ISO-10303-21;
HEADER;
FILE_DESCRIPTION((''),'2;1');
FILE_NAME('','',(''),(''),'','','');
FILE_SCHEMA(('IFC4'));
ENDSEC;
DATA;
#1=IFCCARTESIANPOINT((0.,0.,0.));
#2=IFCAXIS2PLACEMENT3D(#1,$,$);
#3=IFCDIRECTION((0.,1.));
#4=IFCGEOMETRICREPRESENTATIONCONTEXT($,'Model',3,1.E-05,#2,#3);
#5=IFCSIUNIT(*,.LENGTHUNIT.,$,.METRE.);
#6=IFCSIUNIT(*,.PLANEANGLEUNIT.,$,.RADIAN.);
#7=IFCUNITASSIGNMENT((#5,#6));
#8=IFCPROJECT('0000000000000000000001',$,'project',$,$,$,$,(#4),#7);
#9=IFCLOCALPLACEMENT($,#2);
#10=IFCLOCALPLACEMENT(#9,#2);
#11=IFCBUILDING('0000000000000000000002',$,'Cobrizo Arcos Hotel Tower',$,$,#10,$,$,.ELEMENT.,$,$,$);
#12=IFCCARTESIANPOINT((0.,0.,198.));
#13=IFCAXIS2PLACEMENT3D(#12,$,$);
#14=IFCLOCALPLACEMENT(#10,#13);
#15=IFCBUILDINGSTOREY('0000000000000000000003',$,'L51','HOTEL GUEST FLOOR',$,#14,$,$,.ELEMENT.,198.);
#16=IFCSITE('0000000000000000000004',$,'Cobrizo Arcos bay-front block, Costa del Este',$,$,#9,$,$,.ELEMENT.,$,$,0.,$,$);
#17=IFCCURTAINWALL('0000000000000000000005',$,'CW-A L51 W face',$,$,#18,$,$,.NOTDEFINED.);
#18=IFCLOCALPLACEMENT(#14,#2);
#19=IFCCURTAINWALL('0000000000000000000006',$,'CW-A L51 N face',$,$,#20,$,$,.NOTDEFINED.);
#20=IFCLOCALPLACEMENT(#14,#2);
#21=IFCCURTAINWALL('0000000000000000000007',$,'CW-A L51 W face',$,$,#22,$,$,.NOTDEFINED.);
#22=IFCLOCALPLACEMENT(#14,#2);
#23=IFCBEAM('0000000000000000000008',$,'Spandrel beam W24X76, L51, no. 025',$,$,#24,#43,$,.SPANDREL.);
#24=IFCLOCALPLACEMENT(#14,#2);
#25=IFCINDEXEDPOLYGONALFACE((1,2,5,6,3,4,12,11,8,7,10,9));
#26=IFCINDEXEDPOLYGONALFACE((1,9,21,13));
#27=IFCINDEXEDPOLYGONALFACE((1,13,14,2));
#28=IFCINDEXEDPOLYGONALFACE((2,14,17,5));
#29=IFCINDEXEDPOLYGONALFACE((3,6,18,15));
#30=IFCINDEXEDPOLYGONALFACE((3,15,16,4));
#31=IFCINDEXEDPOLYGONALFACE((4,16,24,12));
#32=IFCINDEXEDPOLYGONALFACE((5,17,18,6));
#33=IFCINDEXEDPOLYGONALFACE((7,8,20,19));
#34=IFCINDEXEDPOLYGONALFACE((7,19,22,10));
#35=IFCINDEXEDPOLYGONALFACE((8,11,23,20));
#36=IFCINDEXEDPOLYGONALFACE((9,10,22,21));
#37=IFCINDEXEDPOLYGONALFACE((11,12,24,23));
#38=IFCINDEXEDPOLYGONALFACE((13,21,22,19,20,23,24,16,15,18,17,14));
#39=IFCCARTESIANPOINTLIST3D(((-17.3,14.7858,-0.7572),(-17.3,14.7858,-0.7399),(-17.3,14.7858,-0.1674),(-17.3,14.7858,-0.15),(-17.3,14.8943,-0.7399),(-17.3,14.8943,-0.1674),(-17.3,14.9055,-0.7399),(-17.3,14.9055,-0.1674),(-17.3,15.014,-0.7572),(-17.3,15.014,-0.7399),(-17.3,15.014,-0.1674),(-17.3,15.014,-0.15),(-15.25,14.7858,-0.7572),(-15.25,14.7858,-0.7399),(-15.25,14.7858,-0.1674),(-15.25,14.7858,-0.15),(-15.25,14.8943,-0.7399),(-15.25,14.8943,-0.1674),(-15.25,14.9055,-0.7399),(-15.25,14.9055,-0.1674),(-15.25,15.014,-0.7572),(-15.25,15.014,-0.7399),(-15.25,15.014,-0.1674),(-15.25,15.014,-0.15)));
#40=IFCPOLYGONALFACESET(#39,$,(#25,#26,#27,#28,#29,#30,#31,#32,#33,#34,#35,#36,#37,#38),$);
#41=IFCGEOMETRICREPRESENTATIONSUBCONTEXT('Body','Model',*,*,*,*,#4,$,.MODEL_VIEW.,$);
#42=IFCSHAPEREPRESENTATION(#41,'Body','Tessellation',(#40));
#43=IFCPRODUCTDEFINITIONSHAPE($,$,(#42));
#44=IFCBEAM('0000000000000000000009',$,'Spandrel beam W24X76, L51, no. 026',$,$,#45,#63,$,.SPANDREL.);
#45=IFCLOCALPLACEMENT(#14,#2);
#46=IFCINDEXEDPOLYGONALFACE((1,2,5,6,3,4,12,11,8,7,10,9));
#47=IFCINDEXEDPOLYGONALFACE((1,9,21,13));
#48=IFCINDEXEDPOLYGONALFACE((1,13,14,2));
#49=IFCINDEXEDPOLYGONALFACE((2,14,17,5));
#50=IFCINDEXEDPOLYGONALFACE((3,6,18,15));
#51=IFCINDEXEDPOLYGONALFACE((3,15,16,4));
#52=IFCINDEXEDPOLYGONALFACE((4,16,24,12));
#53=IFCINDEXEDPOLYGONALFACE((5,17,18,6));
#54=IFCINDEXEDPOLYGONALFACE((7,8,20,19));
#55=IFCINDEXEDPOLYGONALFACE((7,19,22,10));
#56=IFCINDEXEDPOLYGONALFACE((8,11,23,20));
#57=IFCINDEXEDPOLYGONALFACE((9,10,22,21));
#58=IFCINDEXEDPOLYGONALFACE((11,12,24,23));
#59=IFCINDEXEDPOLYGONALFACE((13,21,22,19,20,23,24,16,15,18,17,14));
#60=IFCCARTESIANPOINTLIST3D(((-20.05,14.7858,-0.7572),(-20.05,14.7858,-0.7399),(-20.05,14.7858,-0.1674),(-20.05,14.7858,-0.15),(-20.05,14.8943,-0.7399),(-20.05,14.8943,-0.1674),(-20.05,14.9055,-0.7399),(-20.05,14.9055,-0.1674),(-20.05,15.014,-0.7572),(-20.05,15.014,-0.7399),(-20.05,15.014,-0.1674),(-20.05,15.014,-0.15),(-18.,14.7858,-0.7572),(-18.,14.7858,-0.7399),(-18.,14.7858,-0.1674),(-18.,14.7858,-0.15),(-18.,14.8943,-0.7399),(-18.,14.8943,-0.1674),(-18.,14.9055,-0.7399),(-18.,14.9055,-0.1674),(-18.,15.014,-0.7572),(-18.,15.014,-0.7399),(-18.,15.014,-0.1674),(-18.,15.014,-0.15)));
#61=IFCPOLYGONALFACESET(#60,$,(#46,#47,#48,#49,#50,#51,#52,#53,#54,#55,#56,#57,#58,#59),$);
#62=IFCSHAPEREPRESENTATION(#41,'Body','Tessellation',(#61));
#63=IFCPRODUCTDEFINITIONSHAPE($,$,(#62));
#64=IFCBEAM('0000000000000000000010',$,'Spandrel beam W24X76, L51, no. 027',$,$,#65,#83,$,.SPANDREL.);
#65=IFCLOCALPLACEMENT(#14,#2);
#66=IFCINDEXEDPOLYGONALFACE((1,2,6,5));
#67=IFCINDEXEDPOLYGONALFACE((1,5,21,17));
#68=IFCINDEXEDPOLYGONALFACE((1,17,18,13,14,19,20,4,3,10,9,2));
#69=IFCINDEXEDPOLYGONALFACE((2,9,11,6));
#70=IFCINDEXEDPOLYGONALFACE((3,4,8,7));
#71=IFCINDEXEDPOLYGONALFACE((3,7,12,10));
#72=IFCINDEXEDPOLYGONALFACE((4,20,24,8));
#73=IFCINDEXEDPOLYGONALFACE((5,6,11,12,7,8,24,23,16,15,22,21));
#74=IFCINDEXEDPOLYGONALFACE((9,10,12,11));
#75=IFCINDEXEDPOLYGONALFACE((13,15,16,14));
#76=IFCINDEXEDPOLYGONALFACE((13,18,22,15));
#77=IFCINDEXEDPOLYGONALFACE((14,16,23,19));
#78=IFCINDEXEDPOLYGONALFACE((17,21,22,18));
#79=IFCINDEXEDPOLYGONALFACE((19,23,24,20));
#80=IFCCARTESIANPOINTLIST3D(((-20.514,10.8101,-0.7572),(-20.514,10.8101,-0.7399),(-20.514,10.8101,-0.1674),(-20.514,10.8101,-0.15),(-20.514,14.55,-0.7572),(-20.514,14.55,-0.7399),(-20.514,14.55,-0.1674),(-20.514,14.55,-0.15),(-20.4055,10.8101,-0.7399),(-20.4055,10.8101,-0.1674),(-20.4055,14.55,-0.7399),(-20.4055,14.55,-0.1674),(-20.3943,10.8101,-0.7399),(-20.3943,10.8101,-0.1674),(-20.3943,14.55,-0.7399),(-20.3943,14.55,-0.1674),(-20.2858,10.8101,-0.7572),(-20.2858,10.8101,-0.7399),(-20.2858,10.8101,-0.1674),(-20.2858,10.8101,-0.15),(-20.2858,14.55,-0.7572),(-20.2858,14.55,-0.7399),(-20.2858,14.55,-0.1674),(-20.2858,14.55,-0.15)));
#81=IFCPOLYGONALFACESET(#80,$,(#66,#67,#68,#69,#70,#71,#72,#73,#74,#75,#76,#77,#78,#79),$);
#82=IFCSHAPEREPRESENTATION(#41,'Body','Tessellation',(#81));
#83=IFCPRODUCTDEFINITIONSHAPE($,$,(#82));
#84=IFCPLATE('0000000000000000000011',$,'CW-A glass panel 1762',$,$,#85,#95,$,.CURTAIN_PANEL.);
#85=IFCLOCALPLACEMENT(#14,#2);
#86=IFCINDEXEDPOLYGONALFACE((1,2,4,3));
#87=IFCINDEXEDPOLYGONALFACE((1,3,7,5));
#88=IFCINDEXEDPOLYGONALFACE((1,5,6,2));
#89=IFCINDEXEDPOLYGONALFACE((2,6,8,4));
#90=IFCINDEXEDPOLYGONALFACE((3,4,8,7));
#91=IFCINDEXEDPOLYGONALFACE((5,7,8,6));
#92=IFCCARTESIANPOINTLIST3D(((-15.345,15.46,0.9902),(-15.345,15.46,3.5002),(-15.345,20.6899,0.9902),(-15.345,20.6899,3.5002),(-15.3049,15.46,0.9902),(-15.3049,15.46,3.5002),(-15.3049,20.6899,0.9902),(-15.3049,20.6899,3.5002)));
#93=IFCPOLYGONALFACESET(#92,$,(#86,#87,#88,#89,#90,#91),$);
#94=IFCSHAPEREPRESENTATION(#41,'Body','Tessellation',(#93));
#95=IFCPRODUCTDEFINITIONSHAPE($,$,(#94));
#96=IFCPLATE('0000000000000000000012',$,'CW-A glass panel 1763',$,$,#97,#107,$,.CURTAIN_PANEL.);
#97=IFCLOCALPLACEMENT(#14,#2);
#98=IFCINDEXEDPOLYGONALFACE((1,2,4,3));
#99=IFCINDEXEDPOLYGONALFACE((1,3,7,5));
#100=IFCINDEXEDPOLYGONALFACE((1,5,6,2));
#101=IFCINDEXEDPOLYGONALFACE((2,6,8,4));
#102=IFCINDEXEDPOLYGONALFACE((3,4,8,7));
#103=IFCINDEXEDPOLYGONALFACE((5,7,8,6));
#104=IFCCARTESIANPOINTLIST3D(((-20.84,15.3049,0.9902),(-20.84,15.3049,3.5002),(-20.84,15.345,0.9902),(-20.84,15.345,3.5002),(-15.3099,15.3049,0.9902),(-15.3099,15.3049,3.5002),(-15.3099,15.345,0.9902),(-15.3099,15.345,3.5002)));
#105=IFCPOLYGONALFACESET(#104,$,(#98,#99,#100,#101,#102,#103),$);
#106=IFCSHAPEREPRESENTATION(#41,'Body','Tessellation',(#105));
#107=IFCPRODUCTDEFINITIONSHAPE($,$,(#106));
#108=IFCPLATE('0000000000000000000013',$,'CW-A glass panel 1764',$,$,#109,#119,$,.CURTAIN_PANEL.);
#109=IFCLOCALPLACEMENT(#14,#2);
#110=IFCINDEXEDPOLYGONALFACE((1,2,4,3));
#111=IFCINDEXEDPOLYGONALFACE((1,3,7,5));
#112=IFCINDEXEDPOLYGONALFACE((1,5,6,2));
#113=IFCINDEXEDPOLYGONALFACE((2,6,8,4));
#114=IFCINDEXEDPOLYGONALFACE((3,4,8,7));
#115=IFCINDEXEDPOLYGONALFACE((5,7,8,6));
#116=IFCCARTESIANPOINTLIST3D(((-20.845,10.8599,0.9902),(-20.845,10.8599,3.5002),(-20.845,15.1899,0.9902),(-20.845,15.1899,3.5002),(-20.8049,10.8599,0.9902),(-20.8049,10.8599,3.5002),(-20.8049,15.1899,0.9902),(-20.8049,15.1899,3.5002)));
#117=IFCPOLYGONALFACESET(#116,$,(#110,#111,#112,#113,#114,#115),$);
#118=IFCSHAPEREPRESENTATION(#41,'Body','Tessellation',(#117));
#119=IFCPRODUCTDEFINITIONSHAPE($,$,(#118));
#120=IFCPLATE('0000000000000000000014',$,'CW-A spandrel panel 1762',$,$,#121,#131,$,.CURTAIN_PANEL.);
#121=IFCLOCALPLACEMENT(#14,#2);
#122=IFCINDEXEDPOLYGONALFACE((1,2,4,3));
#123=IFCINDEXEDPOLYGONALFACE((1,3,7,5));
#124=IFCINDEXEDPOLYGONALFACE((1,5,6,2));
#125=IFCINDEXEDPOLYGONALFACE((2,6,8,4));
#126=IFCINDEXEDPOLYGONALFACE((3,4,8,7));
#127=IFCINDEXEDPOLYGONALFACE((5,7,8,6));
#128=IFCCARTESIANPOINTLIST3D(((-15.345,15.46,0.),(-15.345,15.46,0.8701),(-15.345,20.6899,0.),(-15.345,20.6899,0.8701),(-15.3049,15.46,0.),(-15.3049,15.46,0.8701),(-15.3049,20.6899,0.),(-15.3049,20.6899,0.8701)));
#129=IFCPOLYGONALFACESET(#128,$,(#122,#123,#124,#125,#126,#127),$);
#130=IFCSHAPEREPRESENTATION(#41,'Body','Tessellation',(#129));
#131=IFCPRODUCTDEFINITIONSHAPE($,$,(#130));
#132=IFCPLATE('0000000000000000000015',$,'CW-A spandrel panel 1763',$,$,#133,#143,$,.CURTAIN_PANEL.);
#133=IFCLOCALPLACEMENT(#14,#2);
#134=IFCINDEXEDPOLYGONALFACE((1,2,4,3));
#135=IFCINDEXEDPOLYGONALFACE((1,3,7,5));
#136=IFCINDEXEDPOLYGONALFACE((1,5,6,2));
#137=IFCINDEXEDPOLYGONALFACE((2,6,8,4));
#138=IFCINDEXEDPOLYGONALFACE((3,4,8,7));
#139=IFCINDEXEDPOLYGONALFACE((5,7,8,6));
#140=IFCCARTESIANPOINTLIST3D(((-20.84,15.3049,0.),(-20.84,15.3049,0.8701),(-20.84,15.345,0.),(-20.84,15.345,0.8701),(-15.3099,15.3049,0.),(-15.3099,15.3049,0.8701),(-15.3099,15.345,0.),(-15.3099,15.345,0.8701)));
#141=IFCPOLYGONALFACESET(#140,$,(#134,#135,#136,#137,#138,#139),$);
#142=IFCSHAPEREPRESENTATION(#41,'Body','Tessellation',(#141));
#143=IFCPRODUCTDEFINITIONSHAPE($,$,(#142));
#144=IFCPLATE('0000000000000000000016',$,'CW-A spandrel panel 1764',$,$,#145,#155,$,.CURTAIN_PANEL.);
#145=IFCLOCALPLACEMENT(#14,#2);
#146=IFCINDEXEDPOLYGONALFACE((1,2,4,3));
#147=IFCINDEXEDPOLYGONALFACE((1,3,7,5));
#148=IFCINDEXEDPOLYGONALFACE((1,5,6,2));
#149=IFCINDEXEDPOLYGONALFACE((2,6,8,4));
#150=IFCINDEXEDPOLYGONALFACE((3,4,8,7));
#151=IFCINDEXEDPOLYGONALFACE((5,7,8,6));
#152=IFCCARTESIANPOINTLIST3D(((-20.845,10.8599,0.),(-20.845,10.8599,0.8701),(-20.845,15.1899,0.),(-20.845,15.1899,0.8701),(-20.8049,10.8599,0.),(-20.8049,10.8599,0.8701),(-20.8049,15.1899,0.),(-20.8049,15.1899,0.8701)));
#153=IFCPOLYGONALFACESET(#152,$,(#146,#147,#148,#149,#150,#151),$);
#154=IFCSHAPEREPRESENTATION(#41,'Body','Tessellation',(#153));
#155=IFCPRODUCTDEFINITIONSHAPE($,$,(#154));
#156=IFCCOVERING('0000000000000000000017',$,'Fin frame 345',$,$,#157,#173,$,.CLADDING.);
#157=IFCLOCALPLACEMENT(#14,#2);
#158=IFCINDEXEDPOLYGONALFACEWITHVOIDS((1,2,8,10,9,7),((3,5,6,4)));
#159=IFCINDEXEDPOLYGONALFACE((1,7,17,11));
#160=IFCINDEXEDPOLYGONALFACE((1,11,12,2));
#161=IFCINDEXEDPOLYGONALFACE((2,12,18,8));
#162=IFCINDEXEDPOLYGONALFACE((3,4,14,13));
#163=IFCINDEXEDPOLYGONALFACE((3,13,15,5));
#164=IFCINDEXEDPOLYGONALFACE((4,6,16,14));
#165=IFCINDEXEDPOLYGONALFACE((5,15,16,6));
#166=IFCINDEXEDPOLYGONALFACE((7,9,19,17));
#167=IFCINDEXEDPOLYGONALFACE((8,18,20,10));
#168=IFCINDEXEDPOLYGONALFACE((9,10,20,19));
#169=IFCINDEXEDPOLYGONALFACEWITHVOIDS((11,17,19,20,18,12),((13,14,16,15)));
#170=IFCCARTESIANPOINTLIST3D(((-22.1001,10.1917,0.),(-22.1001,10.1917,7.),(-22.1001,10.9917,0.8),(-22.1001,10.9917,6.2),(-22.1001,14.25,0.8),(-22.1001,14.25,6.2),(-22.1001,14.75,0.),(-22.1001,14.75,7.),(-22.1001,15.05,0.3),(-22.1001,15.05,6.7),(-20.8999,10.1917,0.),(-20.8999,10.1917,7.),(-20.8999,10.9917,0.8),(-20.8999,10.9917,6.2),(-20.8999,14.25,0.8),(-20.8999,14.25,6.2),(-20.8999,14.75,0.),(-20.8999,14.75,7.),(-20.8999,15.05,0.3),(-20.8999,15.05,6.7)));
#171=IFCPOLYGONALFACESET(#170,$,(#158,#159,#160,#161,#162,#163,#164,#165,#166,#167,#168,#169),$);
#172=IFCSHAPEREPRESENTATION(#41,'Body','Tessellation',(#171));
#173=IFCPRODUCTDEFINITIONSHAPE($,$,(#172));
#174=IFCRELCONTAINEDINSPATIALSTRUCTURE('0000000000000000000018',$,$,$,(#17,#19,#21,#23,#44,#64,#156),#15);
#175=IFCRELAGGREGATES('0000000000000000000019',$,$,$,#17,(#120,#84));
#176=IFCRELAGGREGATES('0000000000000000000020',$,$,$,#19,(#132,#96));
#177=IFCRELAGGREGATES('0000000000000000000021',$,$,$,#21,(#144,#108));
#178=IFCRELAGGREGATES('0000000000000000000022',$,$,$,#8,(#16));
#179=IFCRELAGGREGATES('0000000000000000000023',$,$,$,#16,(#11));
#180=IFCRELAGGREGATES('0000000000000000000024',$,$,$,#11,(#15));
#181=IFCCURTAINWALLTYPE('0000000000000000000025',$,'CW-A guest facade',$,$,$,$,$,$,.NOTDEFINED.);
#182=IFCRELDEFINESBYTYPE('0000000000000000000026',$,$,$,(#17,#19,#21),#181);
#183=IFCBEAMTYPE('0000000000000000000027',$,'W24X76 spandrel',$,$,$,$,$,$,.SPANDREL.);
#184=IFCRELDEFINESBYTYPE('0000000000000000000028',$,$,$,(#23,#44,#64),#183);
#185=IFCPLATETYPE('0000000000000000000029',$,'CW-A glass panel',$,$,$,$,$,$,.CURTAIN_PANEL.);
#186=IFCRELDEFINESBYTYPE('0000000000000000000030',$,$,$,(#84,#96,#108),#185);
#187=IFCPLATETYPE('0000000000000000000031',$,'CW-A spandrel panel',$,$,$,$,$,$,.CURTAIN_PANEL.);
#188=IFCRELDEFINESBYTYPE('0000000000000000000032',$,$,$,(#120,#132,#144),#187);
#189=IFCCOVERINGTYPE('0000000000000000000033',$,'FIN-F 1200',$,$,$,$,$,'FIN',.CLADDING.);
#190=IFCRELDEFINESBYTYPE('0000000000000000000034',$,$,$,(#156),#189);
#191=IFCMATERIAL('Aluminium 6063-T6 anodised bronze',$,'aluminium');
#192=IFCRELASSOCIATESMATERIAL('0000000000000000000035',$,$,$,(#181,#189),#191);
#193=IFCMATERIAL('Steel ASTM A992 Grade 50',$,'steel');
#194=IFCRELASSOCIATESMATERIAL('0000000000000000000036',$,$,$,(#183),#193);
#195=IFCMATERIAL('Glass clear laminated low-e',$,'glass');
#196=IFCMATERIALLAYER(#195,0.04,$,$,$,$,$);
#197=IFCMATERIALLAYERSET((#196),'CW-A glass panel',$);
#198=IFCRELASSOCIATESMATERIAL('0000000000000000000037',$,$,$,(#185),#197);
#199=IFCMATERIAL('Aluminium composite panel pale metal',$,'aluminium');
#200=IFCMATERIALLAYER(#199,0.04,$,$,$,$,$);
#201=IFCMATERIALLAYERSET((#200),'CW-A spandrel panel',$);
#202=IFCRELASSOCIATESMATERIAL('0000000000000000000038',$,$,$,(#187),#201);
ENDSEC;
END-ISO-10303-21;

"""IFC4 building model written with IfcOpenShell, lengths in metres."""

from ifc_helpers import new_model, si_unit, direction, frame, origin, origin_2d, place, context, subcontext, project, spatial, polyline, rectangle, i_section, outline, extrude, material, layer, layer_set, material_profile, profile_set, type_object, element, aggregate, save


model = new_model("IFC4")

# Units and contexts
model_context = context("Model", 3, precision=1e-05, world=origin(), true_north=direction((0.0, 1.0)))
body_context = subcontext(model_context, "Body", "Model", "MODEL_VIEW")
ifc_project = project(units=[si_unit("LENGTHUNIT", "METRE"), si_unit("PLANEANGLEUNIT", "RADIAN")], contexts=[model_context])

# Site, building, storey
site_placement = place(None, origin())
site = spatial("IfcSite", under=ifc_project, at=site_placement, Name="Cobrizo Arcos bay-front block, Costa del Este", CompositionType="ELEMENT", RefElevation=0.0)
building_placement = place(site_placement, origin())
building = spatial("IfcBuilding", under=site, at=building_placement, Name="Cobrizo Arcos Hotel Tower", CompositionType="ELEMENT")
storey_placement = place(building_placement, frame((0.0, 0.0, 198.0)))
storey = spatial("IfcBuildingStorey", under=building, at=storey_placement, Name="L51", Description="HOTEL GUEST FLOOR", CompositionType="ELEMENT", Elevation=198.0)

# Shared definitions
ifc_material_1 = material(Name="Aluminium 6063-T6 anodised bronze", Category="aluminium")
curtain_wall_type = type_object("IfcCurtainWallType", Name="CW-A guest facade", PredefinedType="NOTDEFINED", material=ifc_material_1)

# Curtain walls
curtain_wall_1_placement = place(storey_placement, origin())
curtain_wall_1 = element("IfcCurtainWall", 1, at=curtain_wall_1_placement, inside=storey, type_object=curtain_wall_type, Name="CW-A L51 W face", PredefinedType="NOTDEFINED")
curtain_wall_2_placement = place(storey_placement, origin())
curtain_wall_2 = element("IfcCurtainWall", 2, at=curtain_wall_2_placement, inside=storey, type_object=curtain_wall_type, Name="CW-A L51 N face", PredefinedType="NOTDEFINED")

# Curtain wall
curtain_wall_3_placement = place(storey_placement, origin())
curtain_wall_3 = element("IfcCurtainWall", 3, at=curtain_wall_3_placement, inside=storey, type_object=curtain_wall_type, Name="CW-A L51 W face", PredefinedType="NOTDEFINED")

# Beams
ifc_material_2 = material(Name="Steel ASTM A992 Grade 50", Category="steel")
ifc_material_profile_1 = material_profile(ifc_material_2, i_section(OverallWidth=0.2283, OverallDepth=0.6072, WebThickness=0.0112, FlangeThickness=0.0173, at=origin_2d()), Name="W24X76")
ifc_profile_set_1 = profile_set([ifc_material_profile_1], Name="Steel ASTM A992 Grade 50")
beam_type = type_object("IfcBeamType", Name="W24X76 spandrel", PredefinedType="SPANDREL", material=ifc_profile_set_1)
for number, where, z_axis, x_axis, name in (
    (4, (-15.25, 14.8999, -0.4536), (-1.0, 0.0, 0.0), (0.0, -1.0, 0.0), "Spandrel beam W24X76, L51, no. 025"),
    (5, (-18.0, 14.8999, -0.4536), (-1.0, 0.0, 0.0), (0.0, -1.0, 0.0), "Spandrel beam W24X76, L51, no. 026"),
):
    element("IfcBeam", number, at=place(storey_placement, frame(where, z_axis=z_axis, x_axis=x_axis)), inside=storey, type_object=beam_type, Name=name, PredefinedType="SPANDREL", context=body_context, shape_type="SweptSolid", body=[
        extrude(i_section(OverallWidth=0.2283, OverallDepth=0.6072, WebThickness=0.0112, FlangeThickness=0.0173, at=origin_2d()), origin(), (0.0, 0.0, 1.0), 2.05),
    ])
beam_placement = place(storey_placement, frame((-20.3999, 14.55, -0.4536), z_axis=(0.0, -1.0, 0.0), x_axis=(1.0, 0.0, 0.0)))
element("IfcBeam", 6, at=beam_placement, inside=storey, type_object=beam_type, Name="Spandrel beam W24X76, L51, no. 027", PredefinedType="SPANDREL", context=body_context, shape_type="SweptSolid", body=[
    extrude(i_section(OverallWidth=0.2283, OverallDepth=0.6072, WebThickness=0.0112, FlangeThickness=0.0173, at=origin_2d()), origin(), (0.0, 0.0, 1.0), 3.74),
])

# Plates
ifc_material_3 = material(Name="Glass clear laminated low-e", Category="glass")
ifc_layer_1 = layer(ifc_material_3, 0.04)
ifc_layer_set_1 = layer_set([ifc_layer_1], Name="CW-A glass panel")
plate_type_1 = type_object("IfcPlateType", Name="CW-A glass panel", PredefinedType="CURTAIN_PANEL", material=ifc_layer_set_1)
plate_1_placement = place(storey_placement, frame((-15.325, 18.075, 0.9902), z_axis=(0.0, 0.0, 1.0), x_axis=(0.0, -1.0, 0.0)))
plate_1 = element("IfcPlate", 7, at=plate_1_placement, type_object=plate_type_1, Name="CW-A glass panel 1762", PredefinedType="CURTAIN_PANEL", context=body_context, shape_type="SweptSolid", body=[
    extrude(rectangle(XDim=5.23, YDim=0.04, at=origin_2d()), origin(), (0.0, 0.0, 1.0), 2.51),
])
plate_2_placement = place(storey_placement, frame((-18.075, 15.325, 0.9902), z_axis=(0.0, 0.0, 1.0), x_axis=(-1.0, 0.0, 0.0)))
plate_2 = element("IfcPlate", 8, at=plate_2_placement, type_object=plate_type_1, Name="CW-A glass panel 1763", PredefinedType="CURTAIN_PANEL", context=body_context, shape_type="SweptSolid", body=[
    extrude(rectangle(XDim=5.53, YDim=0.04, at=origin_2d()), origin(), (0.0, 0.0, 1.0), 2.51),
])
plate_3_placement = place(storey_placement, frame((-20.825, 13.0249, 0.9902), z_axis=(0.0, 0.0, 1.0), x_axis=(0.0, -1.0, 0.0)))
plate_3 = element("IfcPlate", 9, at=plate_3_placement, type_object=plate_type_1, Name="CW-A glass panel 1764", PredefinedType="CURTAIN_PANEL", context=body_context, shape_type="SweptSolid", body=[
    extrude(rectangle(XDim=4.3301, YDim=0.04, at=origin_2d()), origin(), (0.0, 0.0, 1.0), 2.51),
])
ifc_material_4 = material(Name="Aluminium composite panel pale metal", Category="aluminium")
ifc_layer_2 = layer(ifc_material_4, 0.04)
ifc_layer_set_2 = layer_set([ifc_layer_2], Name="CW-A spandrel panel")
plate_type_2 = type_object("IfcPlateType", Name="CW-A spandrel panel", PredefinedType="CURTAIN_PANEL", material=ifc_layer_set_2)
plate_4_placement = place(storey_placement, frame((-15.325, 18.075, 0.0), z_axis=(0.0, 0.0, 1.0), x_axis=(0.0, -1.0, 0.0)))
plate_4 = element("IfcPlate", 10, at=plate_4_placement, type_object=plate_type_2, Name="CW-A spandrel panel 1762", PredefinedType="CURTAIN_PANEL", context=body_context, shape_type="SweptSolid", body=[
    extrude(rectangle(XDim=5.23, YDim=0.04, at=origin_2d()), origin(), (0.0, 0.0, 1.0), 0.8701),
])
aggregate(curtain_wall_1, [plate_4, plate_1])
plate_5_placement = place(storey_placement, frame((-18.075, 15.325, 0.0), z_axis=(0.0, 0.0, 1.0), x_axis=(-1.0, 0.0, 0.0)))
plate_5 = element("IfcPlate", 11, at=plate_5_placement, type_object=plate_type_2, Name="CW-A spandrel panel 1763", PredefinedType="CURTAIN_PANEL", context=body_context, shape_type="SweptSolid", body=[
    extrude(rectangle(XDim=5.53, YDim=0.04, at=origin_2d()), origin(), (0.0, 0.0, 1.0), 0.8701),
])
aggregate(curtain_wall_2, [plate_5, plate_2])
plate_6_placement = place(storey_placement, frame((-20.825, 13.0249, 0.0), z_axis=(0.0, 0.0, 1.0), x_axis=(0.0, -1.0, 0.0)))
plate_6 = element("IfcPlate", 12, at=plate_6_placement, type_object=plate_type_2, Name="CW-A spandrel panel 1764", PredefinedType="CURTAIN_PANEL", context=body_context, shape_type="SweptSolid", body=[
    extrude(rectangle(XDim=4.3301, YDim=0.04, at=origin_2d()), origin(), (0.0, 0.0, 1.0), 0.8701),
])
aggregate(curtain_wall_3, [plate_6, plate_3])

# Covering
covering_type = type_object("IfcCoveringType", Name="FIN-F 1200", ElementType="FIN", PredefinedType="CLADDING", material=ifc_material_1)
covering_placement = place(storey_placement, frame((-20.8999, 15.05, 0.0), z_axis=(-1.0, 0.0, 0.0), x_axis=(0.0, -1.0, 0.0)))
element("IfcCovering", 13, at=covering_placement, inside=storey, type_object=covering_type, Name="Fin frame 345", PredefinedType="CLADDING", context=body_context, shape_type="SweptSolid", body=[
    extrude(outline(polyline([(0.0, 0.3), (0.3, 0.0), (4.8584, 0.0), (4.8584, 7.0), (0.3, 7.0), (0.0, 6.7), (0.0, 0.3)]), holes=[polyline([(4.0583, 0.8), (0.8, 0.8), (0.8, 6.2), (4.0583, 6.2), (4.0583, 0.8)])]), origin(), (0.0, 0.0, 1.0), 1.2002),
])

save(model, "model.ifc")
